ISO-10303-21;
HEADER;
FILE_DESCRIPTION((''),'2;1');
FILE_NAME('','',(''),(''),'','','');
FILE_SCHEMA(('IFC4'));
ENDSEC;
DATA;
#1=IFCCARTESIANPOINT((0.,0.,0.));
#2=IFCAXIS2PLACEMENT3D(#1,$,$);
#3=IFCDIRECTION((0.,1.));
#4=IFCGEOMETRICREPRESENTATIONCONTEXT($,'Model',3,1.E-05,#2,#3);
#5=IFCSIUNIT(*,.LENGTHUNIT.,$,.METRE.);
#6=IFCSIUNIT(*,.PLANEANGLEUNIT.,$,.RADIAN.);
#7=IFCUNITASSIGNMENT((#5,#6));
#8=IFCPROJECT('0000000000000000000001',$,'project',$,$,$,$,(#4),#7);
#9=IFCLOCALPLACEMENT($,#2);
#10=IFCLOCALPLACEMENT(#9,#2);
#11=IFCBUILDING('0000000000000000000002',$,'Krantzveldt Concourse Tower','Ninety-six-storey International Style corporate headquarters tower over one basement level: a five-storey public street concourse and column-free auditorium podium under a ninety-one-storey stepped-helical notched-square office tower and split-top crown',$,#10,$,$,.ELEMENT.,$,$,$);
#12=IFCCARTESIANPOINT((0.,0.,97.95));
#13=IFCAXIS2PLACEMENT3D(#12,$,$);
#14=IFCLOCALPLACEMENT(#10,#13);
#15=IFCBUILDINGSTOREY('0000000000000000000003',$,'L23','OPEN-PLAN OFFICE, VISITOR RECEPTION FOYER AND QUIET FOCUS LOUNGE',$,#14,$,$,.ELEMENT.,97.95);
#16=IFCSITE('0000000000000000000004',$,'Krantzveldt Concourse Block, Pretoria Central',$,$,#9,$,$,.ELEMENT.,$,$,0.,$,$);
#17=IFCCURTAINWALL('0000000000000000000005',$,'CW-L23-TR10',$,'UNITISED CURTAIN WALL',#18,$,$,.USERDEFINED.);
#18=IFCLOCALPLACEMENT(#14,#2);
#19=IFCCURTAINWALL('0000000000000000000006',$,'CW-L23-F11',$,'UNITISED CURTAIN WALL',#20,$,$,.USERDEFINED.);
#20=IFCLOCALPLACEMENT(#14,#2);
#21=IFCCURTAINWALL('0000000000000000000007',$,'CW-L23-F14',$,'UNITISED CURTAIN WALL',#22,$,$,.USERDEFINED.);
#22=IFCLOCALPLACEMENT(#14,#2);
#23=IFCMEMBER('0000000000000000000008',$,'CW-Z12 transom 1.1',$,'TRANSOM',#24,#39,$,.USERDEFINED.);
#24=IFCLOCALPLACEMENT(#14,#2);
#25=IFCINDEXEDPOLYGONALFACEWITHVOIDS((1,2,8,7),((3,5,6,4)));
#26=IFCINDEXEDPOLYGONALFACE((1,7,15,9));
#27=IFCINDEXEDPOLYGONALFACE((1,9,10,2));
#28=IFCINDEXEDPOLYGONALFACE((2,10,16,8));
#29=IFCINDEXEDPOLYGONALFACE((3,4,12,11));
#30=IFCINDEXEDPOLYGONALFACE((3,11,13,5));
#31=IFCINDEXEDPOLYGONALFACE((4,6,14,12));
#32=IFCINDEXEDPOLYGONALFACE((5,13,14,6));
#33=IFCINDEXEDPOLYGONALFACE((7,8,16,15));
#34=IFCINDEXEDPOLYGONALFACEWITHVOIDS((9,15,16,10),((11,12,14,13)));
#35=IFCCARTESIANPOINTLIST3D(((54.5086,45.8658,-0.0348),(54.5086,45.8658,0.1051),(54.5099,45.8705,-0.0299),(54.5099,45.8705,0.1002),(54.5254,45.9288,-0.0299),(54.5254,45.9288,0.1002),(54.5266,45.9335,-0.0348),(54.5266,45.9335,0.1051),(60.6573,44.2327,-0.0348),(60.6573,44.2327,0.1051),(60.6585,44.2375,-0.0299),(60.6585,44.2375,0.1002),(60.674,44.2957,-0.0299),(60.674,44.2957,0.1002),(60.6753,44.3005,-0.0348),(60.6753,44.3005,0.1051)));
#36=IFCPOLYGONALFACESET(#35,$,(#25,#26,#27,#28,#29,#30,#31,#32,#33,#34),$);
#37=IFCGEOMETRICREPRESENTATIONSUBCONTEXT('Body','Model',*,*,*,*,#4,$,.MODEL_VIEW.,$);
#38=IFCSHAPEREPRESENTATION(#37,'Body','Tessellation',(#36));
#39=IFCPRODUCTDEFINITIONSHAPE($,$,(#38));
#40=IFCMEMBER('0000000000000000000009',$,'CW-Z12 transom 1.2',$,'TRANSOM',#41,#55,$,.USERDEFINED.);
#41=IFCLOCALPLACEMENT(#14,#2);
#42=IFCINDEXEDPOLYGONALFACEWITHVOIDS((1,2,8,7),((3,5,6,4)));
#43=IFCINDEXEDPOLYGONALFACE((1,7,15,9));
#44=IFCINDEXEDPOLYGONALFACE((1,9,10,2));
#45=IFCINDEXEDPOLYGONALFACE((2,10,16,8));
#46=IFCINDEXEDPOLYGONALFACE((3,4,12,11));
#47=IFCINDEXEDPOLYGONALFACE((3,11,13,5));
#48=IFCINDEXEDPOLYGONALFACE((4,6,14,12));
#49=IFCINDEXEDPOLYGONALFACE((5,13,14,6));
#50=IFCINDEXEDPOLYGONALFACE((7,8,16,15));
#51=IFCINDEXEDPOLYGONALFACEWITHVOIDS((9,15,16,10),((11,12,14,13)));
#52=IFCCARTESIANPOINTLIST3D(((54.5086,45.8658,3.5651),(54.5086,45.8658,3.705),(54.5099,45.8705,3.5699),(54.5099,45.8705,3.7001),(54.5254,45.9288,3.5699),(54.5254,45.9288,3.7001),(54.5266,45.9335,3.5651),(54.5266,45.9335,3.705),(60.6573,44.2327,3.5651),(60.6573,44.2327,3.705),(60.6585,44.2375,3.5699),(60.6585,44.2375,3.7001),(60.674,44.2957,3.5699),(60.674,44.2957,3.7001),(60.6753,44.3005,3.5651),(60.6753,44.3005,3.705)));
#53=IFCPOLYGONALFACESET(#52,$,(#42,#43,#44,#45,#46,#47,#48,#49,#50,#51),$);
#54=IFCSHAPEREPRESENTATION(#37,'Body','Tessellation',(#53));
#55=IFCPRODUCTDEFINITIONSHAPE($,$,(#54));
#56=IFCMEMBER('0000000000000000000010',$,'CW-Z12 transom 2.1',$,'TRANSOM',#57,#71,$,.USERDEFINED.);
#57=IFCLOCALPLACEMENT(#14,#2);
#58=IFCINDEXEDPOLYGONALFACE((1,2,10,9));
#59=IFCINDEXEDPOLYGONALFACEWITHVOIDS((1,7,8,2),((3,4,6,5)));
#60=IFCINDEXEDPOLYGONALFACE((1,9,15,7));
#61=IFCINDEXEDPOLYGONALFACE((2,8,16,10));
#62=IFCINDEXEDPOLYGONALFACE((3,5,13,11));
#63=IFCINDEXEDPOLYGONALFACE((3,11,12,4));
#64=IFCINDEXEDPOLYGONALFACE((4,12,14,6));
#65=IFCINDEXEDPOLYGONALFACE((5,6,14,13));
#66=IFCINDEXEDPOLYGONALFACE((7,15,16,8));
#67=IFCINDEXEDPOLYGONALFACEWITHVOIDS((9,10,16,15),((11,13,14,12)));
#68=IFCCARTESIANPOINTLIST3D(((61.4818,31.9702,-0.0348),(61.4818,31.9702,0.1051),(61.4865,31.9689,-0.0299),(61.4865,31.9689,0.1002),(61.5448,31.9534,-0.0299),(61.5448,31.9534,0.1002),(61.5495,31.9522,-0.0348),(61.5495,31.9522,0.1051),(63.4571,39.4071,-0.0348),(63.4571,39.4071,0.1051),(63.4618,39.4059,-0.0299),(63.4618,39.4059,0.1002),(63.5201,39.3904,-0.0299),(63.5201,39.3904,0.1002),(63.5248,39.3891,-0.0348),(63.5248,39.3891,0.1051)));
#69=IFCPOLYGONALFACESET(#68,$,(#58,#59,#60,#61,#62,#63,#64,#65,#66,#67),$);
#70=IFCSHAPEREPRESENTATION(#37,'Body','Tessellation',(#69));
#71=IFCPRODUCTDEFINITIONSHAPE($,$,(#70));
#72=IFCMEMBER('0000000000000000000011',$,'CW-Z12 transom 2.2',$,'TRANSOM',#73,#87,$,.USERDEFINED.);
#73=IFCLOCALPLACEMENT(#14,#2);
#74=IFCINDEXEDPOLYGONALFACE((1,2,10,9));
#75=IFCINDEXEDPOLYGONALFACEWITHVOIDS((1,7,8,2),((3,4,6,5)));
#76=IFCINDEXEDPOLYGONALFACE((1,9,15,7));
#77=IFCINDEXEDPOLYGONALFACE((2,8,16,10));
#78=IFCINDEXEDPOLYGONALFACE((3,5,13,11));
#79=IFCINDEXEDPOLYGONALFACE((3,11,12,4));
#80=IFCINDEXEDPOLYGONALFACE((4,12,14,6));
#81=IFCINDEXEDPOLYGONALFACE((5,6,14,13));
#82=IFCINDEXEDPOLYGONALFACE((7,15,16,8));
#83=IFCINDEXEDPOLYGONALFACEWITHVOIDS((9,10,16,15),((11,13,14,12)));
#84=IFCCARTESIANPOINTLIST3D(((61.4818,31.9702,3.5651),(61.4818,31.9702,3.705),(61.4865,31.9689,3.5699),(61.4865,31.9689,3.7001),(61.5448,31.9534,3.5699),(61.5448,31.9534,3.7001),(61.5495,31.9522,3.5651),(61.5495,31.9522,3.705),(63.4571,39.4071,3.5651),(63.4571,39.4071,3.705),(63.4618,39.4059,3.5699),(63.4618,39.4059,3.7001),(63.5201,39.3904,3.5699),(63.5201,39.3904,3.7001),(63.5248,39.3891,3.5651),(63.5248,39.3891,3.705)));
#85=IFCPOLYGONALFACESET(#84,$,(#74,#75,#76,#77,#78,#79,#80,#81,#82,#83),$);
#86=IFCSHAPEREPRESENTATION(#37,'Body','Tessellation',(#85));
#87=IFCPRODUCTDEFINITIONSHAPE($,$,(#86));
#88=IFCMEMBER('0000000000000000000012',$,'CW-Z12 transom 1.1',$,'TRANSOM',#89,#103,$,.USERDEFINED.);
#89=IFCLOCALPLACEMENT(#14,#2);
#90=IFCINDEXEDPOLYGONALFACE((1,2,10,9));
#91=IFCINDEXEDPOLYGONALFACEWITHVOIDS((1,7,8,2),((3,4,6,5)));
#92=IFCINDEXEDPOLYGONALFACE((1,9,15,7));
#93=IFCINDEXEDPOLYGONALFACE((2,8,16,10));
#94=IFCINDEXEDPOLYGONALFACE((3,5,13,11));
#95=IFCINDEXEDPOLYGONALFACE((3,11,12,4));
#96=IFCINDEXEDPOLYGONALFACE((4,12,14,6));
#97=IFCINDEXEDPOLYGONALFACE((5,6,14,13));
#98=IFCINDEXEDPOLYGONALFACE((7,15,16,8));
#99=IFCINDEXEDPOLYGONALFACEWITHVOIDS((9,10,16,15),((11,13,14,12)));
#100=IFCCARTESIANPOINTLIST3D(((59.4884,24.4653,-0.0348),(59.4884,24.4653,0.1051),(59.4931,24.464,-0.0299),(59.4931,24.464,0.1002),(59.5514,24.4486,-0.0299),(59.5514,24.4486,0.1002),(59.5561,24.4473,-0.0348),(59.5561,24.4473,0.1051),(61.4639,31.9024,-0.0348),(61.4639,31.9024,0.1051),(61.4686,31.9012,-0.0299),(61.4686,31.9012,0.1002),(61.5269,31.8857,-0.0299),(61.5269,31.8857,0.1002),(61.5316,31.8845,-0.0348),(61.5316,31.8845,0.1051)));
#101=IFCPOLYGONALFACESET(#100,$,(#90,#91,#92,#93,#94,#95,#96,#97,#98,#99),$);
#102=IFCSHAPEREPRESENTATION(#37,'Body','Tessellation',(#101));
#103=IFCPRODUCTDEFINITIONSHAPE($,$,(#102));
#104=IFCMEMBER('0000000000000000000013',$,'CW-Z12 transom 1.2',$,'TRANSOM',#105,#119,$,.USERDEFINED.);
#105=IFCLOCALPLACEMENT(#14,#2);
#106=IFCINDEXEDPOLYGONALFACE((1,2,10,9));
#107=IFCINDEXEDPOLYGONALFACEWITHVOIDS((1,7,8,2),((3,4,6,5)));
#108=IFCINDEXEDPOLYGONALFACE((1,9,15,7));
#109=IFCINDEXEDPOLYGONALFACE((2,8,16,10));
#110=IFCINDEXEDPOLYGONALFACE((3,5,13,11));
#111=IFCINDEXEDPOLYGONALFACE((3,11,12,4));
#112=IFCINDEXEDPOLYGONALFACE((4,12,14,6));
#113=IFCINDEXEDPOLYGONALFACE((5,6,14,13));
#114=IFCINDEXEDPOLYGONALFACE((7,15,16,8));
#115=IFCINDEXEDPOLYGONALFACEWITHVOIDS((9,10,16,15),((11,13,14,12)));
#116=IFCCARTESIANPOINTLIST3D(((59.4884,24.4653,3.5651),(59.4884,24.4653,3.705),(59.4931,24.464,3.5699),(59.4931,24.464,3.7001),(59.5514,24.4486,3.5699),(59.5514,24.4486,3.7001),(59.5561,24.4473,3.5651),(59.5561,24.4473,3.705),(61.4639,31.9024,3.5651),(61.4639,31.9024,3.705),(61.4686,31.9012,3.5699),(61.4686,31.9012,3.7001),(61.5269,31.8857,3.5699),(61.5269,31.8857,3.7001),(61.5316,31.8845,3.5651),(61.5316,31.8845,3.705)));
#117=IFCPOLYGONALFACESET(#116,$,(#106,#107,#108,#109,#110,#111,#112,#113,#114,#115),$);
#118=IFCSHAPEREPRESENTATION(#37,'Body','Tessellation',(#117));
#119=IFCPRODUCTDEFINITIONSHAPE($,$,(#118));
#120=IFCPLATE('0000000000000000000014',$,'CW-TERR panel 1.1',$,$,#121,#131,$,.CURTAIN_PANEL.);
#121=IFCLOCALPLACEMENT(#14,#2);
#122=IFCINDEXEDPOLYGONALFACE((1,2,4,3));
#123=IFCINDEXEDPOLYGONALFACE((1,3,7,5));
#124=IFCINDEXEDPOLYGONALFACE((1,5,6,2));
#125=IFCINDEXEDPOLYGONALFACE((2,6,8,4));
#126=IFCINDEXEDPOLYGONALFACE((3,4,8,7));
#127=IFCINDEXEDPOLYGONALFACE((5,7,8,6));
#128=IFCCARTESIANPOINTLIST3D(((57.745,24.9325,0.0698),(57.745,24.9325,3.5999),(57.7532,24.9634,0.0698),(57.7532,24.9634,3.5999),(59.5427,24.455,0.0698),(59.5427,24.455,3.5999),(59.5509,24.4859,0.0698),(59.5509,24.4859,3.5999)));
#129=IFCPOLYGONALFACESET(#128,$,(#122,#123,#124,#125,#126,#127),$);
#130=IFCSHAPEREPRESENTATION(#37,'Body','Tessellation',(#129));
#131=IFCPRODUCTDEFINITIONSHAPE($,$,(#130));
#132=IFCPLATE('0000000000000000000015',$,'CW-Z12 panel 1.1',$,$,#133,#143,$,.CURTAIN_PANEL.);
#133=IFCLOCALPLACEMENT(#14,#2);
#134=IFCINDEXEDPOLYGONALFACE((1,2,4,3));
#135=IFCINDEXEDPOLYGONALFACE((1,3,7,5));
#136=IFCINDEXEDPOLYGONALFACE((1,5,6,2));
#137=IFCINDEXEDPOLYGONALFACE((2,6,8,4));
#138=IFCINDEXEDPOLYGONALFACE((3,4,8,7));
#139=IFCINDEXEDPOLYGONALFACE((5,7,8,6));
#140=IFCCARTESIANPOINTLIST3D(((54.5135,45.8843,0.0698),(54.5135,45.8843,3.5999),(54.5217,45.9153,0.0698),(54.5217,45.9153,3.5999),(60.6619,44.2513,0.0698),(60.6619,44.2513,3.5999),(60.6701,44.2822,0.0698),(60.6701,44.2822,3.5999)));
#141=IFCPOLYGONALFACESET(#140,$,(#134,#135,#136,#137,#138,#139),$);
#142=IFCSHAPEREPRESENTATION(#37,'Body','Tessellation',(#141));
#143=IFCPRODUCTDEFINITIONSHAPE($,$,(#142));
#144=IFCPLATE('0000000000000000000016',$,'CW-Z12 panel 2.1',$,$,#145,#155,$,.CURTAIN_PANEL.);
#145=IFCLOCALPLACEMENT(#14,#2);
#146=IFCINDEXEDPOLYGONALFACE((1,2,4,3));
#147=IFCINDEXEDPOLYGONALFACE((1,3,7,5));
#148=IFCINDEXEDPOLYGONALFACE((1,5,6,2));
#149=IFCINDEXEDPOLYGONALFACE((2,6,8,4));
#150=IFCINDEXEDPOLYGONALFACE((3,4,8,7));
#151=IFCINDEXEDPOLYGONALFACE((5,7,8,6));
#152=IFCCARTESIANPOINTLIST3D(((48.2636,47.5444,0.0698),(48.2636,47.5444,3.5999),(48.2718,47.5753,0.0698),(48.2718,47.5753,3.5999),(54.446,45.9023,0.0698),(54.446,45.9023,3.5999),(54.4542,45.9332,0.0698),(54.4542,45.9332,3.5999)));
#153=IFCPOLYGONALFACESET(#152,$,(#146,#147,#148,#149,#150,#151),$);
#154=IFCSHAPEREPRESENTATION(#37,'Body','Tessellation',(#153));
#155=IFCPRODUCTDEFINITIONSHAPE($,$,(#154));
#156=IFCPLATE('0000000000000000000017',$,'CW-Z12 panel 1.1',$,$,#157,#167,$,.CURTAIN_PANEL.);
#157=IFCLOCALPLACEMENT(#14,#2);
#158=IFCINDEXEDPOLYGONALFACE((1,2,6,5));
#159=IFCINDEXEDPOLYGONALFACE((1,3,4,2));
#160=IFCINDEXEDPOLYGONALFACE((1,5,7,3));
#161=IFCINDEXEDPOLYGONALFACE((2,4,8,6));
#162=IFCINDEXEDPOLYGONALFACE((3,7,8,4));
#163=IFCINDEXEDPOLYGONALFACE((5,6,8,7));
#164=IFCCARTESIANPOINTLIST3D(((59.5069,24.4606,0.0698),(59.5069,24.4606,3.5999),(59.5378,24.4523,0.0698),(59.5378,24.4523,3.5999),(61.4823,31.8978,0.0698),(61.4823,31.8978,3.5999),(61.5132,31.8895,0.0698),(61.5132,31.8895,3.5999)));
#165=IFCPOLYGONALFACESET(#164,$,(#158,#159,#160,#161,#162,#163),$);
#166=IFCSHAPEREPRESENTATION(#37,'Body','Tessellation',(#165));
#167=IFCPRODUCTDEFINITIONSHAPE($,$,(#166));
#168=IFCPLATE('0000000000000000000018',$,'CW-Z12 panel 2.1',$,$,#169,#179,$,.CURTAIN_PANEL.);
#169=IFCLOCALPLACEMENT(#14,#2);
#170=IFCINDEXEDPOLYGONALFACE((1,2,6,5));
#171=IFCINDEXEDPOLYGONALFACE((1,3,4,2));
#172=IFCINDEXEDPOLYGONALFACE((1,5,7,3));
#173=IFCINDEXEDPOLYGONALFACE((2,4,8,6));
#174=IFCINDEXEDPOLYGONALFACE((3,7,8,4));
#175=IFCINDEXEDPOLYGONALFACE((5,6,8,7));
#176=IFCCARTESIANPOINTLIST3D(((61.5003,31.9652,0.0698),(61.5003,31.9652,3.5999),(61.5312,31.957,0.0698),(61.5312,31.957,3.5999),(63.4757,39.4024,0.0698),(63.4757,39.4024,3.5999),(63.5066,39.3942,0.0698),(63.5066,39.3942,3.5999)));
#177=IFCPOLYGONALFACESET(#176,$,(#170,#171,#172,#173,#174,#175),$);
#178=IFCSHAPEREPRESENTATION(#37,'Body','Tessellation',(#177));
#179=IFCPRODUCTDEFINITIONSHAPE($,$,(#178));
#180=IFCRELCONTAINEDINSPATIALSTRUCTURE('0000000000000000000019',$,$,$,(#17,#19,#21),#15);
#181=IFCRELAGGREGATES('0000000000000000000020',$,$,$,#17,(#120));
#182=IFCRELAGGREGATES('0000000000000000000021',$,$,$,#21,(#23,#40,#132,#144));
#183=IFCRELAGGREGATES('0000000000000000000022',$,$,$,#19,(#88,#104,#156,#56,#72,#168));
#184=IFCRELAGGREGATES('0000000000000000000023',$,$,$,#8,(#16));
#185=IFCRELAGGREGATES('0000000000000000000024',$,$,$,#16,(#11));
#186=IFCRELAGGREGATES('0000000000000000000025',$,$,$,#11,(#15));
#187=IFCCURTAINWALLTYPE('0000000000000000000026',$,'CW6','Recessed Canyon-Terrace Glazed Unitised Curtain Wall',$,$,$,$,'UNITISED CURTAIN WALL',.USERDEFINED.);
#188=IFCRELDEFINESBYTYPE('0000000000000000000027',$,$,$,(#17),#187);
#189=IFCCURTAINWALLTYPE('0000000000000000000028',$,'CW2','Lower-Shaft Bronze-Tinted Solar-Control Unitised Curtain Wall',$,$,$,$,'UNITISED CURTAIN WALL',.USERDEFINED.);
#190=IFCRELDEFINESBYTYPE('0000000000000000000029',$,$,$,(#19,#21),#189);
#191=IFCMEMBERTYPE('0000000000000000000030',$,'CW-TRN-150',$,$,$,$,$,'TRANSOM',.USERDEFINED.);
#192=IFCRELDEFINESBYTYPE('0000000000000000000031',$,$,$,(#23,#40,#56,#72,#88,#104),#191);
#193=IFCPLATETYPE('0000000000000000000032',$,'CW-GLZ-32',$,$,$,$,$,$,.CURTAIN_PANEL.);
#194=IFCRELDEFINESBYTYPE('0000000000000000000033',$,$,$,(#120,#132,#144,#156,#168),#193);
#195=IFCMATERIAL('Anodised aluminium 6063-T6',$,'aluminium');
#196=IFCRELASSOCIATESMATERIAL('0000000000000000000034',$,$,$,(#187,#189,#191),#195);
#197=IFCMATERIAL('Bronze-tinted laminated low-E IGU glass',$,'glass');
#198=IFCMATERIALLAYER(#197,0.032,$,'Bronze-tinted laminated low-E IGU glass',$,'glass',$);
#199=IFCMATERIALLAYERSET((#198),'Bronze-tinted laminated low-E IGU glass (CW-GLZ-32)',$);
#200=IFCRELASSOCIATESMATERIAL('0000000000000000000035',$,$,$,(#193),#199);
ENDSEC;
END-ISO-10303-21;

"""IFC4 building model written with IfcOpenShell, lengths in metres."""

from ifc_helpers import new_model, si_unit, direction, frame, origin, origin_2d, place, context, subcontext, project, spatial, rectangle, hollow_rectangle, extrude, source, transform, mapped, material, layer, layer_set, material_profile, profile_set, type_object, type_shapes, element, aggregate, save


model = new_model("IFC4")

# Units and contexts
model_context = context("Model", 3, precision=1e-05, world=origin(), true_north=direction((0.0, 1.0)))
body_context = subcontext(model_context, "Body", "Model", "MODEL_VIEW")
ifc_project = project(units=[si_unit("LENGTHUNIT", "METRE"), si_unit("PLANEANGLEUNIT", "RADIAN")], contexts=[model_context])

# Site, building, storey
site_placement = place(None, origin())
site = spatial("IfcSite", under=ifc_project, at=site_placement, Name="Krantzveldt Concourse Block, Pretoria Central", CompositionType="ELEMENT", RefElevation=0.0)
building_placement = place(site_placement, origin())
building = spatial("IfcBuilding", under=site, at=building_placement, Name="Krantzveldt Concourse Tower", Description="Ninety-six-storey International Style corporate headquarters tower over one basement level: a five-storey public street concourse and column-free auditorium podium under a ninety-one-storey stepped-helical notched-square office tower and split-top crown", CompositionType="ELEMENT")
storey_placement = place(building_placement, frame((0.0, 0.0, 97.95)))
storey = spatial("IfcBuildingStorey", under=building, at=storey_placement, Name="L23", Description="OPEN-PLAN OFFICE, VISITOR RECEPTION FOYER AND QUIET FOCUS LOUNGE", CompositionType="ELEMENT", Elevation=97.95)

# Curtain walls
ifc_material_1 = material(Name="Anodised aluminium 6063-T6", Category="aluminium")
curtain_wall_type_1 = type_object("IfcCurtainWallType", Name="CW6", Description="Recessed Canyon-Terrace Glazed Unitised Curtain Wall", ElementType="UNITISED CURTAIN WALL", PredefinedType="USERDEFINED", material=ifc_material_1)
curtain_wall_1_placement = place(storey_placement, origin())
curtain_wall_1 = element("IfcCurtainWall", 1, at=curtain_wall_1_placement, inside=storey, type_object=curtain_wall_type_1, Name="CW-L23-TR10", ObjectType="UNITISED CURTAIN WALL", PredefinedType="USERDEFINED")
curtain_wall_type_2 = type_object("IfcCurtainWallType", Name="CW2", Description="Lower-Shaft Bronze-Tinted Solar-Control Unitised Curtain Wall", ElementType="UNITISED CURTAIN WALL", PredefinedType="USERDEFINED", material=ifc_material_1)
curtain_wall_2_placement = place(storey_placement, origin())
curtain_wall_2 = element("IfcCurtainWall", 2, at=curtain_wall_2_placement, inside=storey, type_object=curtain_wall_type_2, Name="CW-L23-F11", ObjectType="UNITISED CURTAIN WALL", PredefinedType="USERDEFINED")
curtain_wall_3_placement = place(storey_placement, origin())
curtain_wall_3 = element("IfcCurtainWall", 3, at=curtain_wall_3_placement, inside=storey, type_object=curtain_wall_type_2, Name="CW-L23-F14", ObjectType="UNITISED CURTAIN WALL", PredefinedType="USERDEFINED")

# Members
ifc_material_profile_1 = material_profile(ifc_material_1, hollow_rectangle(XDim=0.0701, YDim=0.1399, WallThickness=0.0049, at=origin_2d()), Name="Anodised aluminium 6063-T6", Category="aluminium")
ifc_profile_set_1 = profile_set([ifc_material_profile_1], Name="Anodised aluminium 6063-T6 - ALU-TRAN 140x70x5")
member_type_1 = type_object("IfcMemberType", Name="CW-TRN-150", ElementType="TRANSOM", PredefinedType="USERDEFINED", material=ifc_profile_set_1)
shared_shape_1 = source(origin(), body_context, "Body", "SweptSolid", [
    extrude(hollow_rectangle(XDim=0.0701, YDim=0.1399, WallThickness=0.0049, at=origin_2d()), origin(), (0.0, 0.0, 1.0), 6.3618),
])
member_1_placement = place(storey_placement, frame((60.6663, 44.2666, 0.0352), z_axis=(-0.966492, 0.256695, 0.0), x_axis=(-0.256695, -0.966492, 0.0)))
member_1 = element("IfcMember", 4, at=member_1_placement, type_object=member_type_1, Name="CW-Z12 transom 1.1", ObjectType="TRANSOM", PredefinedType="USERDEFINED", context=body_context, shape_type="MappedRepresentation", body=[
    mapped(shared_shape_1, transform((0.0, 0.0, 0.0), x_axis=(1.0, 0.0, 0.0), y_axis=(0.0, 1.0, 0.0), z_axis=(0.0, 0.0, 1.0), scale=1.0)),
])
member_2_placement = place(storey_placement, frame((60.6663, 44.2666, 3.635), z_axis=(-0.966492, 0.256695, 0.0), x_axis=(-0.256695, -0.966492, 0.0)))
member_2 = element("IfcMember", 5, at=member_2_placement, type_object=member_type_1, Name="CW-Z12 transom 1.2", ObjectType="TRANSOM", PredefinedType="USERDEFINED", context=body_context, shape_type="MappedRepresentation", body=[
    mapped(shared_shape_1, transform((0.0, 0.0, 0.0), x_axis=(1.0, 0.0, 0.0), y_axis=(0.0, 1.0, 0.0), z_axis=(0.0, 0.0, 1.0), scale=1.0)),
])
shared_shape_2 = source(origin(), body_context, "Body", "SweptSolid", [
    extrude(hollow_rectangle(XDim=0.0701, YDim=0.1399, WallThickness=0.0049, at=origin_2d()), origin(), (0.0, 0.0, 1.0), 7.6948),
])
member_3_placement = place(storey_placement, frame((61.5156, 31.9612, 0.0352), z_axis=(0.256709, 0.966489, 0.0), x_axis=(-0.966489, 0.256709, 0.0)))
member_3 = element("IfcMember", 6, at=member_3_placement, type_object=member_type_1, Name="CW-Z12 transom 2.1", ObjectType="TRANSOM", PredefinedType="USERDEFINED", context=body_context, shape_type="MappedRepresentation", body=[
    mapped(shared_shape_2, transform((0.0, 0.0, 0.0), x_axis=(1.0, 0.0, 0.0), y_axis=(0.0, 1.0, 0.0), z_axis=(0.0, 0.0, 1.0), scale=1.0)),
])
member_4_placement = place(storey_placement, frame((61.5156, 31.9612, 3.635), z_axis=(0.256709, 0.966489, 0.0), x_axis=(-0.966489, 0.256709, 0.0)))
member_4 = element("IfcMember", 7, at=member_4_placement, type_object=member_type_1, Name="CW-Z12 transom 2.2", ObjectType="TRANSOM", PredefinedType="USERDEFINED", context=body_context, shape_type="MappedRepresentation", body=[
    mapped(shared_shape_2, transform((0.0, 0.0, 0.0), x_axis=(1.0, 0.0, 0.0), y_axis=(0.0, 1.0, 0.0), z_axis=(0.0, 0.0, 1.0), scale=1.0)),
])
shared_shape_3 = source(origin(), body_context, "Body", "SweptSolid", [
    extrude(hollow_rectangle(XDim=0.0701, YDim=0.1399, WallThickness=0.0049, at=origin_2d()), origin(), (0.0, 0.0, 1.0), 7.6951),
])
member_5_placement = place(storey_placement, frame((59.5222, 24.4563, 0.0352), z_axis=(0.25673, 0.966483, 0.0), x_axis=(-0.966483, 0.25673, 0.0)))
member_5 = element("IfcMember", 8, at=member_5_placement, type_object=member_type_1, Name="CW-Z12 transom 1.1", ObjectType="TRANSOM", PredefinedType="USERDEFINED", context=body_context, shape_type="MappedRepresentation", body=[
    mapped(shared_shape_3, transform((0.0, 0.0, 0.0), x_axis=(1.0, 0.0, 0.0), y_axis=(0.0, 1.0, 0.0), z_axis=(0.0, 0.0, 1.0), scale=1.0)),
])
member_6_placement = place(storey_placement, frame((59.5222, 24.4563, 3.635), z_axis=(0.25673, 0.966483, 0.0), x_axis=(-0.966483, 0.25673, 0.0)))
member_6 = element("IfcMember", 9, at=member_6_placement, type_object=member_type_1, Name="CW-Z12 transom 1.2", ObjectType="TRANSOM", PredefinedType="USERDEFINED", context=body_context, shape_type="MappedRepresentation", body=[
    mapped(shared_shape_3, transform((0.0, 0.0, 0.0), x_axis=(1.0, 0.0, 0.0), y_axis=(0.0, 1.0, 0.0), z_axis=(0.0, 0.0, 1.0), scale=1.0)),
])

# Plates
ifc_material_2 = material(Name="Bronze-tinted laminated low-E IGU glass", Category="glass")
ifc_layer_1 = layer(ifc_material_2, 0.032, Name="Bronze-tinted laminated low-E IGU glass", Category="glass")
ifc_layer_set_1 = layer_set([ifc_layer_1], Name="Bronze-tinted laminated low-E IGU glass (CW-GLZ-32)")
plate_type = type_object("IfcPlateType", Name="CW-GLZ-32", PredefinedType="CURTAIN_PANEL", material=ifc_layer_set_1)
shared_shape_4 = source(origin(), body_context, "Body", "SweptSolid", [
    extrude(rectangle(XDim=1.8601, YDim=0.032, at=origin_2d()), origin(), (0.0, 0.0, 1.0), 3.53),
])
plate_1_placement = place(storey_placement, frame((58.6479, 24.7092, 0.0698), z_axis=(0.0, 0.0, 1.0), x_axis=(0.966489, -0.25671, 0.0)))
plate_1 = element("IfcPlate", 10, at=plate_1_placement, type_object=plate_type, Name="CW-TERR panel 1.1", PredefinedType="CURTAIN_PANEL", context=body_context, shape_type="MappedRepresentation", body=[
    mapped(shared_shape_4, transform((0.0, 0.0, 0.0), x_axis=(1.0, 0.0, 0.0), y_axis=(0.0, 1.0, 0.0), z_axis=(0.0, 0.0, 1.0), scale=1.0)),
])
aggregate(curtain_wall_1, [plate_1])
shared_shape_5 = source(origin(), body_context, "Body", "SweptSolid", [
    extrude(rectangle(XDim=6.3616, YDim=0.032, at=origin_2d()), origin(), (0.0, 0.0, 1.0), 3.53),
])
plate_2_placement = place(storey_placement, frame((57.5918, 45.0833, 0.0698), z_axis=(0.0, 0.0, 1.0), x_axis=(-0.966488, 0.256711, 0.0)))
plate_2 = element("IfcPlate", 11, at=plate_2_placement, type_object=plate_type, Name="CW-Z12 panel 1.1", PredefinedType="CURTAIN_PANEL", context=body_context, shape_type="MappedRepresentation", body=[
    mapped(shared_shape_5, transform((0.0, 0.0, 0.0), x_axis=(1.0, 0.0, 0.0), y_axis=(0.0, 1.0, 0.0), z_axis=(0.0, 0.0, 1.0), scale=1.0)),
])
shared_shape_6 = source(origin(), body_context, "Body", "SweptSolid", [
    extrude(rectangle(XDim=6.3967, YDim=0.032, at=origin_2d()), origin(), (0.0, 0.0, 1.0), 3.53),
])
plate_3_placement = place(storey_placement, frame((51.3589, 46.7388, 0.0698), z_axis=(0.0, 0.0, 1.0), x_axis=(-0.966488, 0.256711, 0.0)))
plate_3 = element("IfcPlate", 12, at=plate_3_placement, type_object=plate_type, Name="CW-Z12 panel 2.1", PredefinedType="CURTAIN_PANEL", context=body_context, shape_type="MappedRepresentation", body=[
    mapped(shared_shape_6, transform((0.0, 0.0, 0.0), x_axis=(1.0, 0.0, 0.0), y_axis=(0.0, 1.0, 0.0), z_axis=(0.0, 0.0, 1.0), scale=1.0)),
])
aggregate(curtain_wall_3, [member_1, member_2, plate_2, plate_3])
shared_shape_7 = source(origin(), body_context, "Body", "SweptSolid", [
    extrude(rectangle(XDim=7.6951, YDim=0.032, at=origin_2d()), origin(), (0.0, 0.0, 1.0), 3.53),
])
type_shapes(plate_type, [shared_shape_4, shared_shape_5, shared_shape_6, shared_shape_7])
plate_4_placement = place(storey_placement, frame((60.51, 28.175, 0.0698), z_axis=(0.0, 0.0, 1.0), x_axis=(0.256711, 0.966488, 0.0)))
plate_4 = element("IfcPlate", 13, at=plate_4_placement, type_object=plate_type, Name="CW-Z12 panel 1.1", PredefinedType="CURTAIN_PANEL", context=body_context, shape_type="MappedRepresentation", body=[
    mapped(shared_shape_7, transform((0.0, 0.0, 0.0), x_axis=(1.0, 0.0, 0.0), y_axis=(0.0, 1.0, 0.0), z_axis=(0.0, 0.0, 1.0), scale=1.0)),
])
plate_5_placement = place(storey_placement, frame((62.5034, 35.6797, 0.0698), z_axis=(0.0, 0.0, 1.0), x_axis=(0.256711, 0.966488, 0.0)))
plate_5 = element("IfcPlate", 14, at=plate_5_placement, type_object=plate_type, Name="CW-Z12 panel 2.1", PredefinedType="CURTAIN_PANEL", context=body_context, shape_type="MappedRepresentation", body=[
    mapped(shared_shape_7, transform((0.0, 0.0, 0.0), x_axis=(1.0, 0.0, 0.0), y_axis=(0.0, 1.0, 0.0), z_axis=(0.0, 0.0, 1.0), scale=1.0)),
])
aggregate(curtain_wall_2, [member_5, member_6, plate_4, member_3, member_4, plate_5])

save(model, "model.ifc")
